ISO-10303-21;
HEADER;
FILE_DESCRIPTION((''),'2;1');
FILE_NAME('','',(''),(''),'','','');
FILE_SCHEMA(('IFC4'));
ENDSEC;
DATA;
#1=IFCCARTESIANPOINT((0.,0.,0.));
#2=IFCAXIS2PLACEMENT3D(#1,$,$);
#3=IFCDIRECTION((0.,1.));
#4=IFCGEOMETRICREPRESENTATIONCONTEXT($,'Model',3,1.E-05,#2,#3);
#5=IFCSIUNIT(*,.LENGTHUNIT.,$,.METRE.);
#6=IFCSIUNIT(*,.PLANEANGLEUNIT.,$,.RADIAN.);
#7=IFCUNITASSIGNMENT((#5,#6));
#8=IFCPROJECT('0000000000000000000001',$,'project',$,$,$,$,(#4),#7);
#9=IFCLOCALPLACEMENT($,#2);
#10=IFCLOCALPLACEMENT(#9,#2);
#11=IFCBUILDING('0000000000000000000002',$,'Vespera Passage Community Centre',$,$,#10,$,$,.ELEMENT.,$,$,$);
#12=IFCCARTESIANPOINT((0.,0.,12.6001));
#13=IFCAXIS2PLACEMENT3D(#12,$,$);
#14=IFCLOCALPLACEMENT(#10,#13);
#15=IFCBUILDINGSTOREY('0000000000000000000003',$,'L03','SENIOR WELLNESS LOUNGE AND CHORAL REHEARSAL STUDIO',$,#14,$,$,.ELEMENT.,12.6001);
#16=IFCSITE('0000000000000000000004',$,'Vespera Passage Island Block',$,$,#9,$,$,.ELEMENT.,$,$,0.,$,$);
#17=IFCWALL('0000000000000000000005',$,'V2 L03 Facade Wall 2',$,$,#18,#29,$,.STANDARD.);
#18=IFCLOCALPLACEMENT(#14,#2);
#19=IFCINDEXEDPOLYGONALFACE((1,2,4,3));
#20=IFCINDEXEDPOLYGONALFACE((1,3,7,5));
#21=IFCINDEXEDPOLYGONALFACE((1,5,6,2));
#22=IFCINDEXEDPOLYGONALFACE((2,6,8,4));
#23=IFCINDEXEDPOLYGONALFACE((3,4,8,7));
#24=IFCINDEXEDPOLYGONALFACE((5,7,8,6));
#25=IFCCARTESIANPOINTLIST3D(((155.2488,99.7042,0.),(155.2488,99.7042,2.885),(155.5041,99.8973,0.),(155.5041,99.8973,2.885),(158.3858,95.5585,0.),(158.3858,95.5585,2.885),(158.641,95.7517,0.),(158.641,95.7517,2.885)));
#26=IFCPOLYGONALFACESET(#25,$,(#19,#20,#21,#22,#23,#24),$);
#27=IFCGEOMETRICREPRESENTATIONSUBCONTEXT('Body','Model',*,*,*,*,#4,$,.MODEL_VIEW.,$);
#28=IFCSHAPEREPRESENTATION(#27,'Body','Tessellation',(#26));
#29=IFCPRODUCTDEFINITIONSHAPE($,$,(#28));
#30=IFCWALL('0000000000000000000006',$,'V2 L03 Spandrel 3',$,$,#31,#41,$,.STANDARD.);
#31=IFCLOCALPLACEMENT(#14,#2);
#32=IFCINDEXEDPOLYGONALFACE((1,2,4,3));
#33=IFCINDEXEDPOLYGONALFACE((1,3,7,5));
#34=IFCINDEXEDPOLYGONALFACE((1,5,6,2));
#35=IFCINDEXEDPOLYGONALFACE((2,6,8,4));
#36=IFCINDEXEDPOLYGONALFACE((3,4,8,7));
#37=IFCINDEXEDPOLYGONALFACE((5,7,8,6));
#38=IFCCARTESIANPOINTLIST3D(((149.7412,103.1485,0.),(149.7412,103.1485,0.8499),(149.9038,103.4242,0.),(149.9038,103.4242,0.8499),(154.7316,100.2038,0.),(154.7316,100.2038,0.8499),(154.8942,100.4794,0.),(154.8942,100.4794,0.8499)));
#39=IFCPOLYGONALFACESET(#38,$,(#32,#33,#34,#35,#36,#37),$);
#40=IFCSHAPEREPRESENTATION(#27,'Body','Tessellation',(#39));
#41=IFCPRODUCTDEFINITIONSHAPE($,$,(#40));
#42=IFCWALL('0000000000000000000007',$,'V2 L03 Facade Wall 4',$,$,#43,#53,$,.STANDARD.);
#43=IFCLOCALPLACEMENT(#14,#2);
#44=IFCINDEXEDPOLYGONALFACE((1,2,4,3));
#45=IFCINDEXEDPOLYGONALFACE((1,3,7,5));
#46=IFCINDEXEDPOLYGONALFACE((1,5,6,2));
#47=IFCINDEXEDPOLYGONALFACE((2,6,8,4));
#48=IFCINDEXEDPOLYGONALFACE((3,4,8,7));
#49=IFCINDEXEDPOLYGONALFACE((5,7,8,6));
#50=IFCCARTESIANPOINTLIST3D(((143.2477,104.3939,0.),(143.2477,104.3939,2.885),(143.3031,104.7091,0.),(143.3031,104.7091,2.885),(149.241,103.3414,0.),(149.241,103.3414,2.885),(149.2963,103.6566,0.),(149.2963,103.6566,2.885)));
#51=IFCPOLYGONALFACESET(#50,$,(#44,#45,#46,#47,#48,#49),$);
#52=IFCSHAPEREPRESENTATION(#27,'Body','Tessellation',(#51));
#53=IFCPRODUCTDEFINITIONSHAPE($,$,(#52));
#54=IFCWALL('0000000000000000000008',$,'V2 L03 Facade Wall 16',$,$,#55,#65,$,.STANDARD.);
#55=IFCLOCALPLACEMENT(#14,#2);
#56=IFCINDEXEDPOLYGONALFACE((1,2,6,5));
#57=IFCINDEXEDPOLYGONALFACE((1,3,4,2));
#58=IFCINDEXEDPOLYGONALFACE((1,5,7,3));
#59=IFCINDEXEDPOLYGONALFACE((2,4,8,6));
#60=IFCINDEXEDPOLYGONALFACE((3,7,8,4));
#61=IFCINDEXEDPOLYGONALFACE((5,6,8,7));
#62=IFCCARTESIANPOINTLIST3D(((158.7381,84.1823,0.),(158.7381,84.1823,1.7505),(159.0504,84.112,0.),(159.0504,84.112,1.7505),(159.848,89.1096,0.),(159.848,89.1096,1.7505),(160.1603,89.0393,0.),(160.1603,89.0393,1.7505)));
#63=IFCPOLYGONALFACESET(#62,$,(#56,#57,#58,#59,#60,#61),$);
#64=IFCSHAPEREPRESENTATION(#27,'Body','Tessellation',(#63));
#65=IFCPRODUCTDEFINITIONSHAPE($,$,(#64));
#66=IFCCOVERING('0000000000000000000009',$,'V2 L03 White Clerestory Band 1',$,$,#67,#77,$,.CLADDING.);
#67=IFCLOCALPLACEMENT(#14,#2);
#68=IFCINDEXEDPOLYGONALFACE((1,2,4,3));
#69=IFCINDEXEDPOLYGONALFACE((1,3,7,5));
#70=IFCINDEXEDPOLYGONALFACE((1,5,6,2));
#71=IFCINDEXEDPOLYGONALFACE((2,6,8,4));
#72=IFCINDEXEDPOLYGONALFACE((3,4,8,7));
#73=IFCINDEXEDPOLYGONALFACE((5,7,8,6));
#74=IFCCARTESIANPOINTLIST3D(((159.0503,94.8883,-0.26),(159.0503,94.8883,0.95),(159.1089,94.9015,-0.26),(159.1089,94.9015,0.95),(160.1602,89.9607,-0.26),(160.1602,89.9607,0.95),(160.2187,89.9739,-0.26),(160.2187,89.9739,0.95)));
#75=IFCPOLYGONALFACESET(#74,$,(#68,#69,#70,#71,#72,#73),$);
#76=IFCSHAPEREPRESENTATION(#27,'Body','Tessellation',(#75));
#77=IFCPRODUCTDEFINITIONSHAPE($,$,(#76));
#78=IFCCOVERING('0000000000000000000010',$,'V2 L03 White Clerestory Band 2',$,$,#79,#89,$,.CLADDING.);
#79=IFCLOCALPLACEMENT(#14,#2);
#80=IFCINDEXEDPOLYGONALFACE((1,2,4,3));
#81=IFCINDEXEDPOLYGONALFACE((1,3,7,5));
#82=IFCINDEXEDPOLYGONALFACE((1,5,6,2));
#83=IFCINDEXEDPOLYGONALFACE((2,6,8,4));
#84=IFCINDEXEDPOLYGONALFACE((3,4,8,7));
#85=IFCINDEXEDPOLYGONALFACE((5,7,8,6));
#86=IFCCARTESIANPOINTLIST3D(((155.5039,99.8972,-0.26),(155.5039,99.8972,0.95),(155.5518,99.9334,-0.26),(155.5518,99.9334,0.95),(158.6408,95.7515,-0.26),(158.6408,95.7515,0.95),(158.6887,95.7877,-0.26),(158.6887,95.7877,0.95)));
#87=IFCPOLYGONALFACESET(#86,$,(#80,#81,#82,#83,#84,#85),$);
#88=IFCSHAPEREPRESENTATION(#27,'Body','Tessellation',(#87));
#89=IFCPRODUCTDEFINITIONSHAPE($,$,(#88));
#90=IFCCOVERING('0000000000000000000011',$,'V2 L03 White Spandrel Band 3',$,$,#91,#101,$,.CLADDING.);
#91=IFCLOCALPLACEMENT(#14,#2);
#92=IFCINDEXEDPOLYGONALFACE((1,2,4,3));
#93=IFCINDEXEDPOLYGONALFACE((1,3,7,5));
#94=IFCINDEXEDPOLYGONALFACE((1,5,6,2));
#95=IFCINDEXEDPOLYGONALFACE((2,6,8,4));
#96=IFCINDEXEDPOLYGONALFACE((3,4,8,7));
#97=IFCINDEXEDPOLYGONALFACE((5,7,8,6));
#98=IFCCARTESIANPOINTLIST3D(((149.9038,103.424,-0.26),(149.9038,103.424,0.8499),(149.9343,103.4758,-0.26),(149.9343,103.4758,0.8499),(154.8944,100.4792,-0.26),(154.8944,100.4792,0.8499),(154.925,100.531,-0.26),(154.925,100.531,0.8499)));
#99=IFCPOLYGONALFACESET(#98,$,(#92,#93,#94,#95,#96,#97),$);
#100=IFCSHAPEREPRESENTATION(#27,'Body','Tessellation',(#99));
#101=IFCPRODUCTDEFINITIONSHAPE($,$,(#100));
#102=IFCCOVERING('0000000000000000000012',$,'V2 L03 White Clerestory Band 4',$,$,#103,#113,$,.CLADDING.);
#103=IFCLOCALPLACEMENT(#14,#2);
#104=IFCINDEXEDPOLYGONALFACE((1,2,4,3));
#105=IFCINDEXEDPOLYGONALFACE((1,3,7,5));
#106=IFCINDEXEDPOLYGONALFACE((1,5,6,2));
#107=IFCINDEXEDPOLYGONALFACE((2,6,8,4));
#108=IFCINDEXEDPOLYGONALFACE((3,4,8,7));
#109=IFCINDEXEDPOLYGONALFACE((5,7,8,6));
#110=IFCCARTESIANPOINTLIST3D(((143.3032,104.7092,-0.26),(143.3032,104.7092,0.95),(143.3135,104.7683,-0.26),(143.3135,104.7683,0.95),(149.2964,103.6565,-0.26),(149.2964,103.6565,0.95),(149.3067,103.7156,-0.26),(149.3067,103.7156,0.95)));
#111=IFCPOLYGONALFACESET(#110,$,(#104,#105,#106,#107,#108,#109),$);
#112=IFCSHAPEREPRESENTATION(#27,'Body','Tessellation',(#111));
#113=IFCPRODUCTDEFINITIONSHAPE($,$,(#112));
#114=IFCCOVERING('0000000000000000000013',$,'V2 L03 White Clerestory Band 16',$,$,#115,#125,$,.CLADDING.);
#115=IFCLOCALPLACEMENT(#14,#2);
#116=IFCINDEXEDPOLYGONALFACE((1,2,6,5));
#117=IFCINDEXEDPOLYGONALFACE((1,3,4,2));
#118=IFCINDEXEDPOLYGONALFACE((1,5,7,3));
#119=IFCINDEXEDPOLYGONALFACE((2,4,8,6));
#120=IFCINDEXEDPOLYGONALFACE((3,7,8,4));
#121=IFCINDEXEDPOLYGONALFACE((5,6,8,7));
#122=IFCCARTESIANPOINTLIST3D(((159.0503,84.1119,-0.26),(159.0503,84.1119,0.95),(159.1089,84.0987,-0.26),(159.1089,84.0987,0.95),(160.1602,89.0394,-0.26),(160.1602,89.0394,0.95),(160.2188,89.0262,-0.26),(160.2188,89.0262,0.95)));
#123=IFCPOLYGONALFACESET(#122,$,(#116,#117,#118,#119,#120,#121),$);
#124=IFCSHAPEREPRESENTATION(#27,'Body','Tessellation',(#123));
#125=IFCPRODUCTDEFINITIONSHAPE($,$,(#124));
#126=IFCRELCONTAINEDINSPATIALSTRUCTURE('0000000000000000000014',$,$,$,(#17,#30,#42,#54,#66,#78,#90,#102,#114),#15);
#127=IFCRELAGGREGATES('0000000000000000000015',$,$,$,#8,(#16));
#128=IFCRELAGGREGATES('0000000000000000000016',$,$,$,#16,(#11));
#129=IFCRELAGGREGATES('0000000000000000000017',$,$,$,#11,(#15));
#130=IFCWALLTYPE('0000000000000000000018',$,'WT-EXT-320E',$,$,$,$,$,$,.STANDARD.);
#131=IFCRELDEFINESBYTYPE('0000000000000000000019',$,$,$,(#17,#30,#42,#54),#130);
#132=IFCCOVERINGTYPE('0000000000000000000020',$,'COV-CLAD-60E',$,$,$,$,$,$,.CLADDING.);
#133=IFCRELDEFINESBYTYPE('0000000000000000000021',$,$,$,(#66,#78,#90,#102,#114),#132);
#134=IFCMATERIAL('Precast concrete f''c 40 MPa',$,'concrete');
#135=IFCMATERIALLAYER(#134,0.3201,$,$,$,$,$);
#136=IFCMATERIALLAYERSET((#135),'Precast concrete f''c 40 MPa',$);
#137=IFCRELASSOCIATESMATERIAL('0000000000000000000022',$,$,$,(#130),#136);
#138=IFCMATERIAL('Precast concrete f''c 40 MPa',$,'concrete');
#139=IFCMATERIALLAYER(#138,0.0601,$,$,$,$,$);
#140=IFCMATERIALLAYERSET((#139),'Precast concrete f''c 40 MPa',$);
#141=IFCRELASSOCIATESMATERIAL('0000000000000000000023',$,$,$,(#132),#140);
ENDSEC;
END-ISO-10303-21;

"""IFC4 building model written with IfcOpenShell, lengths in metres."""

from ifc_helpers import new_model, si_unit, direction, frame, frame_2d, origin, place, context, subcontext, project, spatial, rectangle, extrude, material, layer, layer_set, type_object, element, save


model = new_model("IFC4")

# Units and contexts
model_context = context("Model", 3, precision=1e-05, world=origin(), true_north=direction((0.0, 1.0)))
body_context = subcontext(model_context, "Body", "Model", "MODEL_VIEW")
ifc_project = project(units=[si_unit("LENGTHUNIT", "METRE"), si_unit("PLANEANGLEUNIT", "RADIAN")], contexts=[model_context])

# Site, building, storey
site_placement = place(None, origin())
site = spatial("IfcSite", under=ifc_project, at=site_placement, Name="Vespera Passage Island Block", CompositionType="ELEMENT", RefElevation=0.0)
building_placement = place(site_placement, origin())
building = spatial("IfcBuilding", under=site, at=building_placement, Name="Vespera Passage Community Centre", CompositionType="ELEMENT")
storey_placement = place(building_placement, frame((0.0, 0.0, 12.6001)))
storey = spatial("IfcBuildingStorey", under=building, at=storey_placement, Name="L03", Description="SENIOR WELLNESS LOUNGE AND CHORAL REHEARSAL STUDIO", CompositionType="ELEMENT", Elevation=12.6001)

# Walls
ifc_material_1 = material(Name="Precast concrete f'c 40 MPa", Category="concrete")
ifc_layer_1 = layer(ifc_material_1, 0.3201)
ifc_layer_set_1 = layer_set([ifc_layer_1], Name="Precast concrete f'c 40 MPa")
wall_type_1 = type_object("IfcWallType", Name="WT-EXT-320E", PredefinedType="STANDARD", material=ifc_layer_set_1)
wall_1_placement = place(storey_placement, frame((155.3765, 99.8008, 0.0), z_axis=(0.0, 0.0, 1.0), x_axis=(0.603398, -0.79744, 0.0)))
element("IfcWall", 1, at=wall_1_placement, inside=storey, type_object=wall_type_1, Name="V2 L03 Facade Wall 2", PredefinedType="STANDARD", context=body_context, shape_type="SweptSolid", body=[
    extrude(rectangle(XDim=5.1987, YDim=0.3201, at=frame_2d((2.5994, 0.0))), origin(), (0.0, 0.0, 1.0), 2.885),
])
wall_2_placement = place(storey_placement, frame((149.8225, 103.2864, 0.0), z_axis=(0.0, 0.0, 1.0), x_axis=(0.861236, -0.508205, 0.0)))
element("IfcWall", 2, at=wall_2_placement, inside=storey, type_object=wall_type_1, Name="V2 L03 Spandrel 3", PredefinedType="STANDARD", context=body_context, shape_type="SweptSolid", body=[
    extrude(rectangle(XDim=5.7944, YDim=0.3201, at=frame_2d((2.8972, 0.0))), origin(), (0.0, 0.0, 1.0), 0.8499),
])
wall_3_placement = place(storey_placement, frame((143.2754, 104.5515, 0.0), z_axis=(0.0, 0.0, 1.0), x_axis=(0.984927, -0.172968, 0.0)))
element("IfcWall", 3, at=wall_3_placement, inside=storey, type_object=wall_type_1, Name="V2 L03 Facade Wall 4", PredefinedType="STANDARD", context=body_context, shape_type="SweptSolid", body=[
    extrude(rectangle(XDim=6.085, YDim=0.3201, at=frame_2d((3.0425, 0.0))), origin(), (0.0, 0.0, 1.0), 2.885),
])
wall_4_placement = place(storey_placement, frame((160.0042, 89.0745, 0.0), z_axis=(0.0, 0.0, 1.0), x_axis=(-0.219745, -0.975557, 0.0)))
element("IfcWall", 4, at=wall_4_placement, inside=storey, type_object=wall_type_1, Name="V2 L03 Facade Wall 16", PredefinedType="STANDARD", context=body_context, shape_type="SweptSolid", body=[
    extrude(rectangle(XDim=5.0508, YDim=0.3201, at=frame_2d((2.5254, 0.0))), origin(), (0.0, 0.0, 1.0), 1.7505),
])

# Coverings
ifc_material_2 = material(Name="Precast concrete f'c 40 MPa", Category="concrete")
ifc_layer_2 = layer(ifc_material_2, 0.0601)
ifc_layer_set_2 = layer_set([ifc_layer_2], Name="Precast concrete f'c 40 MPa")
covering_type = type_object("IfcCoveringType", Name="COV-CLAD-60E", PredefinedType="CLADDING", material=ifc_layer_set_2)
covering_1_placement = place(storey_placement, frame((159.0796, 94.8948, -0.26), z_axis=(0.0, 0.0, 1.0), x_axis=(0.219734, -0.97556, 0.0)))
element("IfcCovering", 5, at=covering_1_placement, inside=storey, type_object=covering_type, Name="V2 L03 White Clerestory Band 1", PredefinedType="CLADDING", context=body_context, shape_type="SweptSolid", body=[
    extrude(rectangle(XDim=5.051, YDim=0.0601, at=frame_2d((2.5254, 0.0))), origin(), (0.0, 0.0, 1.0), 1.21),
])
covering_2_placement = place(storey_placement, frame((155.5278, 99.9153, -0.26), z_axis=(0.0, 0.0, 1.0), x_axis=(0.603398, -0.79744, 0.0)))
element("IfcCovering", 6, at=covering_2_placement, inside=storey, type_object=covering_type, Name="V2 L03 White Clerestory Band 2", PredefinedType="CLADDING", context=body_context, shape_type="SweptSolid", body=[
    extrude(rectangle(XDim=5.1987, YDim=0.0601, at=frame_2d((2.5994, 0.0))), origin(), (0.0, 0.0, 1.0), 1.21),
])
covering_3_placement = place(storey_placement, frame((149.9189, 103.45, -0.26), z_axis=(0.0, 0.0, 1.0), x_axis=(0.861247, -0.508187, 0.0)))
element("IfcCovering", 7, at=covering_3_placement, inside=storey, type_object=covering_type, Name="V2 L03 White Spandrel Band 3", PredefinedType="CLADDING", context=body_context, shape_type="SweptSolid", body=[
    extrude(rectangle(XDim=5.7947, YDim=0.0601, at=frame_2d((2.8975, 0.0))), origin(), (0.0, 0.0, 1.0), 1.1099),
])
covering_4_placement = place(storey_placement, frame((143.3083, 104.7388, -0.26), z_axis=(0.0, 0.0, 1.0), x_axis=(0.984921, -0.173007, 0.0)))
element("IfcCovering", 8, at=covering_4_placement, inside=storey, type_object=covering_type, Name="V2 L03 White Clerestory Band 4", PredefinedType="CLADDING", context=body_context, shape_type="SweptSolid", body=[
    extrude(rectangle(XDim=6.085, YDim=0.0601, at=frame_2d((3.0425, 0.0))), origin(), (0.0, 0.0, 1.0), 1.21),
])
covering_5_placement = place(storey_placement, frame((160.1895, 89.0327, -0.26), z_axis=(0.0, 0.0, 1.0), x_axis=(-0.219734, -0.97556, 0.0)))
element("IfcCovering", 9, at=covering_5_placement, inside=storey, type_object=covering_type, Name="V2 L03 White Clerestory Band 16", PredefinedType="CLADDING", context=body_context, shape_type="SweptSolid", body=[
    extrude(rectangle(XDim=5.051, YDim=0.0601, at=frame_2d((2.5254, 0.0))), origin(), (0.0, 0.0, 1.0), 1.21),
])

save(model, "model.ifc")
